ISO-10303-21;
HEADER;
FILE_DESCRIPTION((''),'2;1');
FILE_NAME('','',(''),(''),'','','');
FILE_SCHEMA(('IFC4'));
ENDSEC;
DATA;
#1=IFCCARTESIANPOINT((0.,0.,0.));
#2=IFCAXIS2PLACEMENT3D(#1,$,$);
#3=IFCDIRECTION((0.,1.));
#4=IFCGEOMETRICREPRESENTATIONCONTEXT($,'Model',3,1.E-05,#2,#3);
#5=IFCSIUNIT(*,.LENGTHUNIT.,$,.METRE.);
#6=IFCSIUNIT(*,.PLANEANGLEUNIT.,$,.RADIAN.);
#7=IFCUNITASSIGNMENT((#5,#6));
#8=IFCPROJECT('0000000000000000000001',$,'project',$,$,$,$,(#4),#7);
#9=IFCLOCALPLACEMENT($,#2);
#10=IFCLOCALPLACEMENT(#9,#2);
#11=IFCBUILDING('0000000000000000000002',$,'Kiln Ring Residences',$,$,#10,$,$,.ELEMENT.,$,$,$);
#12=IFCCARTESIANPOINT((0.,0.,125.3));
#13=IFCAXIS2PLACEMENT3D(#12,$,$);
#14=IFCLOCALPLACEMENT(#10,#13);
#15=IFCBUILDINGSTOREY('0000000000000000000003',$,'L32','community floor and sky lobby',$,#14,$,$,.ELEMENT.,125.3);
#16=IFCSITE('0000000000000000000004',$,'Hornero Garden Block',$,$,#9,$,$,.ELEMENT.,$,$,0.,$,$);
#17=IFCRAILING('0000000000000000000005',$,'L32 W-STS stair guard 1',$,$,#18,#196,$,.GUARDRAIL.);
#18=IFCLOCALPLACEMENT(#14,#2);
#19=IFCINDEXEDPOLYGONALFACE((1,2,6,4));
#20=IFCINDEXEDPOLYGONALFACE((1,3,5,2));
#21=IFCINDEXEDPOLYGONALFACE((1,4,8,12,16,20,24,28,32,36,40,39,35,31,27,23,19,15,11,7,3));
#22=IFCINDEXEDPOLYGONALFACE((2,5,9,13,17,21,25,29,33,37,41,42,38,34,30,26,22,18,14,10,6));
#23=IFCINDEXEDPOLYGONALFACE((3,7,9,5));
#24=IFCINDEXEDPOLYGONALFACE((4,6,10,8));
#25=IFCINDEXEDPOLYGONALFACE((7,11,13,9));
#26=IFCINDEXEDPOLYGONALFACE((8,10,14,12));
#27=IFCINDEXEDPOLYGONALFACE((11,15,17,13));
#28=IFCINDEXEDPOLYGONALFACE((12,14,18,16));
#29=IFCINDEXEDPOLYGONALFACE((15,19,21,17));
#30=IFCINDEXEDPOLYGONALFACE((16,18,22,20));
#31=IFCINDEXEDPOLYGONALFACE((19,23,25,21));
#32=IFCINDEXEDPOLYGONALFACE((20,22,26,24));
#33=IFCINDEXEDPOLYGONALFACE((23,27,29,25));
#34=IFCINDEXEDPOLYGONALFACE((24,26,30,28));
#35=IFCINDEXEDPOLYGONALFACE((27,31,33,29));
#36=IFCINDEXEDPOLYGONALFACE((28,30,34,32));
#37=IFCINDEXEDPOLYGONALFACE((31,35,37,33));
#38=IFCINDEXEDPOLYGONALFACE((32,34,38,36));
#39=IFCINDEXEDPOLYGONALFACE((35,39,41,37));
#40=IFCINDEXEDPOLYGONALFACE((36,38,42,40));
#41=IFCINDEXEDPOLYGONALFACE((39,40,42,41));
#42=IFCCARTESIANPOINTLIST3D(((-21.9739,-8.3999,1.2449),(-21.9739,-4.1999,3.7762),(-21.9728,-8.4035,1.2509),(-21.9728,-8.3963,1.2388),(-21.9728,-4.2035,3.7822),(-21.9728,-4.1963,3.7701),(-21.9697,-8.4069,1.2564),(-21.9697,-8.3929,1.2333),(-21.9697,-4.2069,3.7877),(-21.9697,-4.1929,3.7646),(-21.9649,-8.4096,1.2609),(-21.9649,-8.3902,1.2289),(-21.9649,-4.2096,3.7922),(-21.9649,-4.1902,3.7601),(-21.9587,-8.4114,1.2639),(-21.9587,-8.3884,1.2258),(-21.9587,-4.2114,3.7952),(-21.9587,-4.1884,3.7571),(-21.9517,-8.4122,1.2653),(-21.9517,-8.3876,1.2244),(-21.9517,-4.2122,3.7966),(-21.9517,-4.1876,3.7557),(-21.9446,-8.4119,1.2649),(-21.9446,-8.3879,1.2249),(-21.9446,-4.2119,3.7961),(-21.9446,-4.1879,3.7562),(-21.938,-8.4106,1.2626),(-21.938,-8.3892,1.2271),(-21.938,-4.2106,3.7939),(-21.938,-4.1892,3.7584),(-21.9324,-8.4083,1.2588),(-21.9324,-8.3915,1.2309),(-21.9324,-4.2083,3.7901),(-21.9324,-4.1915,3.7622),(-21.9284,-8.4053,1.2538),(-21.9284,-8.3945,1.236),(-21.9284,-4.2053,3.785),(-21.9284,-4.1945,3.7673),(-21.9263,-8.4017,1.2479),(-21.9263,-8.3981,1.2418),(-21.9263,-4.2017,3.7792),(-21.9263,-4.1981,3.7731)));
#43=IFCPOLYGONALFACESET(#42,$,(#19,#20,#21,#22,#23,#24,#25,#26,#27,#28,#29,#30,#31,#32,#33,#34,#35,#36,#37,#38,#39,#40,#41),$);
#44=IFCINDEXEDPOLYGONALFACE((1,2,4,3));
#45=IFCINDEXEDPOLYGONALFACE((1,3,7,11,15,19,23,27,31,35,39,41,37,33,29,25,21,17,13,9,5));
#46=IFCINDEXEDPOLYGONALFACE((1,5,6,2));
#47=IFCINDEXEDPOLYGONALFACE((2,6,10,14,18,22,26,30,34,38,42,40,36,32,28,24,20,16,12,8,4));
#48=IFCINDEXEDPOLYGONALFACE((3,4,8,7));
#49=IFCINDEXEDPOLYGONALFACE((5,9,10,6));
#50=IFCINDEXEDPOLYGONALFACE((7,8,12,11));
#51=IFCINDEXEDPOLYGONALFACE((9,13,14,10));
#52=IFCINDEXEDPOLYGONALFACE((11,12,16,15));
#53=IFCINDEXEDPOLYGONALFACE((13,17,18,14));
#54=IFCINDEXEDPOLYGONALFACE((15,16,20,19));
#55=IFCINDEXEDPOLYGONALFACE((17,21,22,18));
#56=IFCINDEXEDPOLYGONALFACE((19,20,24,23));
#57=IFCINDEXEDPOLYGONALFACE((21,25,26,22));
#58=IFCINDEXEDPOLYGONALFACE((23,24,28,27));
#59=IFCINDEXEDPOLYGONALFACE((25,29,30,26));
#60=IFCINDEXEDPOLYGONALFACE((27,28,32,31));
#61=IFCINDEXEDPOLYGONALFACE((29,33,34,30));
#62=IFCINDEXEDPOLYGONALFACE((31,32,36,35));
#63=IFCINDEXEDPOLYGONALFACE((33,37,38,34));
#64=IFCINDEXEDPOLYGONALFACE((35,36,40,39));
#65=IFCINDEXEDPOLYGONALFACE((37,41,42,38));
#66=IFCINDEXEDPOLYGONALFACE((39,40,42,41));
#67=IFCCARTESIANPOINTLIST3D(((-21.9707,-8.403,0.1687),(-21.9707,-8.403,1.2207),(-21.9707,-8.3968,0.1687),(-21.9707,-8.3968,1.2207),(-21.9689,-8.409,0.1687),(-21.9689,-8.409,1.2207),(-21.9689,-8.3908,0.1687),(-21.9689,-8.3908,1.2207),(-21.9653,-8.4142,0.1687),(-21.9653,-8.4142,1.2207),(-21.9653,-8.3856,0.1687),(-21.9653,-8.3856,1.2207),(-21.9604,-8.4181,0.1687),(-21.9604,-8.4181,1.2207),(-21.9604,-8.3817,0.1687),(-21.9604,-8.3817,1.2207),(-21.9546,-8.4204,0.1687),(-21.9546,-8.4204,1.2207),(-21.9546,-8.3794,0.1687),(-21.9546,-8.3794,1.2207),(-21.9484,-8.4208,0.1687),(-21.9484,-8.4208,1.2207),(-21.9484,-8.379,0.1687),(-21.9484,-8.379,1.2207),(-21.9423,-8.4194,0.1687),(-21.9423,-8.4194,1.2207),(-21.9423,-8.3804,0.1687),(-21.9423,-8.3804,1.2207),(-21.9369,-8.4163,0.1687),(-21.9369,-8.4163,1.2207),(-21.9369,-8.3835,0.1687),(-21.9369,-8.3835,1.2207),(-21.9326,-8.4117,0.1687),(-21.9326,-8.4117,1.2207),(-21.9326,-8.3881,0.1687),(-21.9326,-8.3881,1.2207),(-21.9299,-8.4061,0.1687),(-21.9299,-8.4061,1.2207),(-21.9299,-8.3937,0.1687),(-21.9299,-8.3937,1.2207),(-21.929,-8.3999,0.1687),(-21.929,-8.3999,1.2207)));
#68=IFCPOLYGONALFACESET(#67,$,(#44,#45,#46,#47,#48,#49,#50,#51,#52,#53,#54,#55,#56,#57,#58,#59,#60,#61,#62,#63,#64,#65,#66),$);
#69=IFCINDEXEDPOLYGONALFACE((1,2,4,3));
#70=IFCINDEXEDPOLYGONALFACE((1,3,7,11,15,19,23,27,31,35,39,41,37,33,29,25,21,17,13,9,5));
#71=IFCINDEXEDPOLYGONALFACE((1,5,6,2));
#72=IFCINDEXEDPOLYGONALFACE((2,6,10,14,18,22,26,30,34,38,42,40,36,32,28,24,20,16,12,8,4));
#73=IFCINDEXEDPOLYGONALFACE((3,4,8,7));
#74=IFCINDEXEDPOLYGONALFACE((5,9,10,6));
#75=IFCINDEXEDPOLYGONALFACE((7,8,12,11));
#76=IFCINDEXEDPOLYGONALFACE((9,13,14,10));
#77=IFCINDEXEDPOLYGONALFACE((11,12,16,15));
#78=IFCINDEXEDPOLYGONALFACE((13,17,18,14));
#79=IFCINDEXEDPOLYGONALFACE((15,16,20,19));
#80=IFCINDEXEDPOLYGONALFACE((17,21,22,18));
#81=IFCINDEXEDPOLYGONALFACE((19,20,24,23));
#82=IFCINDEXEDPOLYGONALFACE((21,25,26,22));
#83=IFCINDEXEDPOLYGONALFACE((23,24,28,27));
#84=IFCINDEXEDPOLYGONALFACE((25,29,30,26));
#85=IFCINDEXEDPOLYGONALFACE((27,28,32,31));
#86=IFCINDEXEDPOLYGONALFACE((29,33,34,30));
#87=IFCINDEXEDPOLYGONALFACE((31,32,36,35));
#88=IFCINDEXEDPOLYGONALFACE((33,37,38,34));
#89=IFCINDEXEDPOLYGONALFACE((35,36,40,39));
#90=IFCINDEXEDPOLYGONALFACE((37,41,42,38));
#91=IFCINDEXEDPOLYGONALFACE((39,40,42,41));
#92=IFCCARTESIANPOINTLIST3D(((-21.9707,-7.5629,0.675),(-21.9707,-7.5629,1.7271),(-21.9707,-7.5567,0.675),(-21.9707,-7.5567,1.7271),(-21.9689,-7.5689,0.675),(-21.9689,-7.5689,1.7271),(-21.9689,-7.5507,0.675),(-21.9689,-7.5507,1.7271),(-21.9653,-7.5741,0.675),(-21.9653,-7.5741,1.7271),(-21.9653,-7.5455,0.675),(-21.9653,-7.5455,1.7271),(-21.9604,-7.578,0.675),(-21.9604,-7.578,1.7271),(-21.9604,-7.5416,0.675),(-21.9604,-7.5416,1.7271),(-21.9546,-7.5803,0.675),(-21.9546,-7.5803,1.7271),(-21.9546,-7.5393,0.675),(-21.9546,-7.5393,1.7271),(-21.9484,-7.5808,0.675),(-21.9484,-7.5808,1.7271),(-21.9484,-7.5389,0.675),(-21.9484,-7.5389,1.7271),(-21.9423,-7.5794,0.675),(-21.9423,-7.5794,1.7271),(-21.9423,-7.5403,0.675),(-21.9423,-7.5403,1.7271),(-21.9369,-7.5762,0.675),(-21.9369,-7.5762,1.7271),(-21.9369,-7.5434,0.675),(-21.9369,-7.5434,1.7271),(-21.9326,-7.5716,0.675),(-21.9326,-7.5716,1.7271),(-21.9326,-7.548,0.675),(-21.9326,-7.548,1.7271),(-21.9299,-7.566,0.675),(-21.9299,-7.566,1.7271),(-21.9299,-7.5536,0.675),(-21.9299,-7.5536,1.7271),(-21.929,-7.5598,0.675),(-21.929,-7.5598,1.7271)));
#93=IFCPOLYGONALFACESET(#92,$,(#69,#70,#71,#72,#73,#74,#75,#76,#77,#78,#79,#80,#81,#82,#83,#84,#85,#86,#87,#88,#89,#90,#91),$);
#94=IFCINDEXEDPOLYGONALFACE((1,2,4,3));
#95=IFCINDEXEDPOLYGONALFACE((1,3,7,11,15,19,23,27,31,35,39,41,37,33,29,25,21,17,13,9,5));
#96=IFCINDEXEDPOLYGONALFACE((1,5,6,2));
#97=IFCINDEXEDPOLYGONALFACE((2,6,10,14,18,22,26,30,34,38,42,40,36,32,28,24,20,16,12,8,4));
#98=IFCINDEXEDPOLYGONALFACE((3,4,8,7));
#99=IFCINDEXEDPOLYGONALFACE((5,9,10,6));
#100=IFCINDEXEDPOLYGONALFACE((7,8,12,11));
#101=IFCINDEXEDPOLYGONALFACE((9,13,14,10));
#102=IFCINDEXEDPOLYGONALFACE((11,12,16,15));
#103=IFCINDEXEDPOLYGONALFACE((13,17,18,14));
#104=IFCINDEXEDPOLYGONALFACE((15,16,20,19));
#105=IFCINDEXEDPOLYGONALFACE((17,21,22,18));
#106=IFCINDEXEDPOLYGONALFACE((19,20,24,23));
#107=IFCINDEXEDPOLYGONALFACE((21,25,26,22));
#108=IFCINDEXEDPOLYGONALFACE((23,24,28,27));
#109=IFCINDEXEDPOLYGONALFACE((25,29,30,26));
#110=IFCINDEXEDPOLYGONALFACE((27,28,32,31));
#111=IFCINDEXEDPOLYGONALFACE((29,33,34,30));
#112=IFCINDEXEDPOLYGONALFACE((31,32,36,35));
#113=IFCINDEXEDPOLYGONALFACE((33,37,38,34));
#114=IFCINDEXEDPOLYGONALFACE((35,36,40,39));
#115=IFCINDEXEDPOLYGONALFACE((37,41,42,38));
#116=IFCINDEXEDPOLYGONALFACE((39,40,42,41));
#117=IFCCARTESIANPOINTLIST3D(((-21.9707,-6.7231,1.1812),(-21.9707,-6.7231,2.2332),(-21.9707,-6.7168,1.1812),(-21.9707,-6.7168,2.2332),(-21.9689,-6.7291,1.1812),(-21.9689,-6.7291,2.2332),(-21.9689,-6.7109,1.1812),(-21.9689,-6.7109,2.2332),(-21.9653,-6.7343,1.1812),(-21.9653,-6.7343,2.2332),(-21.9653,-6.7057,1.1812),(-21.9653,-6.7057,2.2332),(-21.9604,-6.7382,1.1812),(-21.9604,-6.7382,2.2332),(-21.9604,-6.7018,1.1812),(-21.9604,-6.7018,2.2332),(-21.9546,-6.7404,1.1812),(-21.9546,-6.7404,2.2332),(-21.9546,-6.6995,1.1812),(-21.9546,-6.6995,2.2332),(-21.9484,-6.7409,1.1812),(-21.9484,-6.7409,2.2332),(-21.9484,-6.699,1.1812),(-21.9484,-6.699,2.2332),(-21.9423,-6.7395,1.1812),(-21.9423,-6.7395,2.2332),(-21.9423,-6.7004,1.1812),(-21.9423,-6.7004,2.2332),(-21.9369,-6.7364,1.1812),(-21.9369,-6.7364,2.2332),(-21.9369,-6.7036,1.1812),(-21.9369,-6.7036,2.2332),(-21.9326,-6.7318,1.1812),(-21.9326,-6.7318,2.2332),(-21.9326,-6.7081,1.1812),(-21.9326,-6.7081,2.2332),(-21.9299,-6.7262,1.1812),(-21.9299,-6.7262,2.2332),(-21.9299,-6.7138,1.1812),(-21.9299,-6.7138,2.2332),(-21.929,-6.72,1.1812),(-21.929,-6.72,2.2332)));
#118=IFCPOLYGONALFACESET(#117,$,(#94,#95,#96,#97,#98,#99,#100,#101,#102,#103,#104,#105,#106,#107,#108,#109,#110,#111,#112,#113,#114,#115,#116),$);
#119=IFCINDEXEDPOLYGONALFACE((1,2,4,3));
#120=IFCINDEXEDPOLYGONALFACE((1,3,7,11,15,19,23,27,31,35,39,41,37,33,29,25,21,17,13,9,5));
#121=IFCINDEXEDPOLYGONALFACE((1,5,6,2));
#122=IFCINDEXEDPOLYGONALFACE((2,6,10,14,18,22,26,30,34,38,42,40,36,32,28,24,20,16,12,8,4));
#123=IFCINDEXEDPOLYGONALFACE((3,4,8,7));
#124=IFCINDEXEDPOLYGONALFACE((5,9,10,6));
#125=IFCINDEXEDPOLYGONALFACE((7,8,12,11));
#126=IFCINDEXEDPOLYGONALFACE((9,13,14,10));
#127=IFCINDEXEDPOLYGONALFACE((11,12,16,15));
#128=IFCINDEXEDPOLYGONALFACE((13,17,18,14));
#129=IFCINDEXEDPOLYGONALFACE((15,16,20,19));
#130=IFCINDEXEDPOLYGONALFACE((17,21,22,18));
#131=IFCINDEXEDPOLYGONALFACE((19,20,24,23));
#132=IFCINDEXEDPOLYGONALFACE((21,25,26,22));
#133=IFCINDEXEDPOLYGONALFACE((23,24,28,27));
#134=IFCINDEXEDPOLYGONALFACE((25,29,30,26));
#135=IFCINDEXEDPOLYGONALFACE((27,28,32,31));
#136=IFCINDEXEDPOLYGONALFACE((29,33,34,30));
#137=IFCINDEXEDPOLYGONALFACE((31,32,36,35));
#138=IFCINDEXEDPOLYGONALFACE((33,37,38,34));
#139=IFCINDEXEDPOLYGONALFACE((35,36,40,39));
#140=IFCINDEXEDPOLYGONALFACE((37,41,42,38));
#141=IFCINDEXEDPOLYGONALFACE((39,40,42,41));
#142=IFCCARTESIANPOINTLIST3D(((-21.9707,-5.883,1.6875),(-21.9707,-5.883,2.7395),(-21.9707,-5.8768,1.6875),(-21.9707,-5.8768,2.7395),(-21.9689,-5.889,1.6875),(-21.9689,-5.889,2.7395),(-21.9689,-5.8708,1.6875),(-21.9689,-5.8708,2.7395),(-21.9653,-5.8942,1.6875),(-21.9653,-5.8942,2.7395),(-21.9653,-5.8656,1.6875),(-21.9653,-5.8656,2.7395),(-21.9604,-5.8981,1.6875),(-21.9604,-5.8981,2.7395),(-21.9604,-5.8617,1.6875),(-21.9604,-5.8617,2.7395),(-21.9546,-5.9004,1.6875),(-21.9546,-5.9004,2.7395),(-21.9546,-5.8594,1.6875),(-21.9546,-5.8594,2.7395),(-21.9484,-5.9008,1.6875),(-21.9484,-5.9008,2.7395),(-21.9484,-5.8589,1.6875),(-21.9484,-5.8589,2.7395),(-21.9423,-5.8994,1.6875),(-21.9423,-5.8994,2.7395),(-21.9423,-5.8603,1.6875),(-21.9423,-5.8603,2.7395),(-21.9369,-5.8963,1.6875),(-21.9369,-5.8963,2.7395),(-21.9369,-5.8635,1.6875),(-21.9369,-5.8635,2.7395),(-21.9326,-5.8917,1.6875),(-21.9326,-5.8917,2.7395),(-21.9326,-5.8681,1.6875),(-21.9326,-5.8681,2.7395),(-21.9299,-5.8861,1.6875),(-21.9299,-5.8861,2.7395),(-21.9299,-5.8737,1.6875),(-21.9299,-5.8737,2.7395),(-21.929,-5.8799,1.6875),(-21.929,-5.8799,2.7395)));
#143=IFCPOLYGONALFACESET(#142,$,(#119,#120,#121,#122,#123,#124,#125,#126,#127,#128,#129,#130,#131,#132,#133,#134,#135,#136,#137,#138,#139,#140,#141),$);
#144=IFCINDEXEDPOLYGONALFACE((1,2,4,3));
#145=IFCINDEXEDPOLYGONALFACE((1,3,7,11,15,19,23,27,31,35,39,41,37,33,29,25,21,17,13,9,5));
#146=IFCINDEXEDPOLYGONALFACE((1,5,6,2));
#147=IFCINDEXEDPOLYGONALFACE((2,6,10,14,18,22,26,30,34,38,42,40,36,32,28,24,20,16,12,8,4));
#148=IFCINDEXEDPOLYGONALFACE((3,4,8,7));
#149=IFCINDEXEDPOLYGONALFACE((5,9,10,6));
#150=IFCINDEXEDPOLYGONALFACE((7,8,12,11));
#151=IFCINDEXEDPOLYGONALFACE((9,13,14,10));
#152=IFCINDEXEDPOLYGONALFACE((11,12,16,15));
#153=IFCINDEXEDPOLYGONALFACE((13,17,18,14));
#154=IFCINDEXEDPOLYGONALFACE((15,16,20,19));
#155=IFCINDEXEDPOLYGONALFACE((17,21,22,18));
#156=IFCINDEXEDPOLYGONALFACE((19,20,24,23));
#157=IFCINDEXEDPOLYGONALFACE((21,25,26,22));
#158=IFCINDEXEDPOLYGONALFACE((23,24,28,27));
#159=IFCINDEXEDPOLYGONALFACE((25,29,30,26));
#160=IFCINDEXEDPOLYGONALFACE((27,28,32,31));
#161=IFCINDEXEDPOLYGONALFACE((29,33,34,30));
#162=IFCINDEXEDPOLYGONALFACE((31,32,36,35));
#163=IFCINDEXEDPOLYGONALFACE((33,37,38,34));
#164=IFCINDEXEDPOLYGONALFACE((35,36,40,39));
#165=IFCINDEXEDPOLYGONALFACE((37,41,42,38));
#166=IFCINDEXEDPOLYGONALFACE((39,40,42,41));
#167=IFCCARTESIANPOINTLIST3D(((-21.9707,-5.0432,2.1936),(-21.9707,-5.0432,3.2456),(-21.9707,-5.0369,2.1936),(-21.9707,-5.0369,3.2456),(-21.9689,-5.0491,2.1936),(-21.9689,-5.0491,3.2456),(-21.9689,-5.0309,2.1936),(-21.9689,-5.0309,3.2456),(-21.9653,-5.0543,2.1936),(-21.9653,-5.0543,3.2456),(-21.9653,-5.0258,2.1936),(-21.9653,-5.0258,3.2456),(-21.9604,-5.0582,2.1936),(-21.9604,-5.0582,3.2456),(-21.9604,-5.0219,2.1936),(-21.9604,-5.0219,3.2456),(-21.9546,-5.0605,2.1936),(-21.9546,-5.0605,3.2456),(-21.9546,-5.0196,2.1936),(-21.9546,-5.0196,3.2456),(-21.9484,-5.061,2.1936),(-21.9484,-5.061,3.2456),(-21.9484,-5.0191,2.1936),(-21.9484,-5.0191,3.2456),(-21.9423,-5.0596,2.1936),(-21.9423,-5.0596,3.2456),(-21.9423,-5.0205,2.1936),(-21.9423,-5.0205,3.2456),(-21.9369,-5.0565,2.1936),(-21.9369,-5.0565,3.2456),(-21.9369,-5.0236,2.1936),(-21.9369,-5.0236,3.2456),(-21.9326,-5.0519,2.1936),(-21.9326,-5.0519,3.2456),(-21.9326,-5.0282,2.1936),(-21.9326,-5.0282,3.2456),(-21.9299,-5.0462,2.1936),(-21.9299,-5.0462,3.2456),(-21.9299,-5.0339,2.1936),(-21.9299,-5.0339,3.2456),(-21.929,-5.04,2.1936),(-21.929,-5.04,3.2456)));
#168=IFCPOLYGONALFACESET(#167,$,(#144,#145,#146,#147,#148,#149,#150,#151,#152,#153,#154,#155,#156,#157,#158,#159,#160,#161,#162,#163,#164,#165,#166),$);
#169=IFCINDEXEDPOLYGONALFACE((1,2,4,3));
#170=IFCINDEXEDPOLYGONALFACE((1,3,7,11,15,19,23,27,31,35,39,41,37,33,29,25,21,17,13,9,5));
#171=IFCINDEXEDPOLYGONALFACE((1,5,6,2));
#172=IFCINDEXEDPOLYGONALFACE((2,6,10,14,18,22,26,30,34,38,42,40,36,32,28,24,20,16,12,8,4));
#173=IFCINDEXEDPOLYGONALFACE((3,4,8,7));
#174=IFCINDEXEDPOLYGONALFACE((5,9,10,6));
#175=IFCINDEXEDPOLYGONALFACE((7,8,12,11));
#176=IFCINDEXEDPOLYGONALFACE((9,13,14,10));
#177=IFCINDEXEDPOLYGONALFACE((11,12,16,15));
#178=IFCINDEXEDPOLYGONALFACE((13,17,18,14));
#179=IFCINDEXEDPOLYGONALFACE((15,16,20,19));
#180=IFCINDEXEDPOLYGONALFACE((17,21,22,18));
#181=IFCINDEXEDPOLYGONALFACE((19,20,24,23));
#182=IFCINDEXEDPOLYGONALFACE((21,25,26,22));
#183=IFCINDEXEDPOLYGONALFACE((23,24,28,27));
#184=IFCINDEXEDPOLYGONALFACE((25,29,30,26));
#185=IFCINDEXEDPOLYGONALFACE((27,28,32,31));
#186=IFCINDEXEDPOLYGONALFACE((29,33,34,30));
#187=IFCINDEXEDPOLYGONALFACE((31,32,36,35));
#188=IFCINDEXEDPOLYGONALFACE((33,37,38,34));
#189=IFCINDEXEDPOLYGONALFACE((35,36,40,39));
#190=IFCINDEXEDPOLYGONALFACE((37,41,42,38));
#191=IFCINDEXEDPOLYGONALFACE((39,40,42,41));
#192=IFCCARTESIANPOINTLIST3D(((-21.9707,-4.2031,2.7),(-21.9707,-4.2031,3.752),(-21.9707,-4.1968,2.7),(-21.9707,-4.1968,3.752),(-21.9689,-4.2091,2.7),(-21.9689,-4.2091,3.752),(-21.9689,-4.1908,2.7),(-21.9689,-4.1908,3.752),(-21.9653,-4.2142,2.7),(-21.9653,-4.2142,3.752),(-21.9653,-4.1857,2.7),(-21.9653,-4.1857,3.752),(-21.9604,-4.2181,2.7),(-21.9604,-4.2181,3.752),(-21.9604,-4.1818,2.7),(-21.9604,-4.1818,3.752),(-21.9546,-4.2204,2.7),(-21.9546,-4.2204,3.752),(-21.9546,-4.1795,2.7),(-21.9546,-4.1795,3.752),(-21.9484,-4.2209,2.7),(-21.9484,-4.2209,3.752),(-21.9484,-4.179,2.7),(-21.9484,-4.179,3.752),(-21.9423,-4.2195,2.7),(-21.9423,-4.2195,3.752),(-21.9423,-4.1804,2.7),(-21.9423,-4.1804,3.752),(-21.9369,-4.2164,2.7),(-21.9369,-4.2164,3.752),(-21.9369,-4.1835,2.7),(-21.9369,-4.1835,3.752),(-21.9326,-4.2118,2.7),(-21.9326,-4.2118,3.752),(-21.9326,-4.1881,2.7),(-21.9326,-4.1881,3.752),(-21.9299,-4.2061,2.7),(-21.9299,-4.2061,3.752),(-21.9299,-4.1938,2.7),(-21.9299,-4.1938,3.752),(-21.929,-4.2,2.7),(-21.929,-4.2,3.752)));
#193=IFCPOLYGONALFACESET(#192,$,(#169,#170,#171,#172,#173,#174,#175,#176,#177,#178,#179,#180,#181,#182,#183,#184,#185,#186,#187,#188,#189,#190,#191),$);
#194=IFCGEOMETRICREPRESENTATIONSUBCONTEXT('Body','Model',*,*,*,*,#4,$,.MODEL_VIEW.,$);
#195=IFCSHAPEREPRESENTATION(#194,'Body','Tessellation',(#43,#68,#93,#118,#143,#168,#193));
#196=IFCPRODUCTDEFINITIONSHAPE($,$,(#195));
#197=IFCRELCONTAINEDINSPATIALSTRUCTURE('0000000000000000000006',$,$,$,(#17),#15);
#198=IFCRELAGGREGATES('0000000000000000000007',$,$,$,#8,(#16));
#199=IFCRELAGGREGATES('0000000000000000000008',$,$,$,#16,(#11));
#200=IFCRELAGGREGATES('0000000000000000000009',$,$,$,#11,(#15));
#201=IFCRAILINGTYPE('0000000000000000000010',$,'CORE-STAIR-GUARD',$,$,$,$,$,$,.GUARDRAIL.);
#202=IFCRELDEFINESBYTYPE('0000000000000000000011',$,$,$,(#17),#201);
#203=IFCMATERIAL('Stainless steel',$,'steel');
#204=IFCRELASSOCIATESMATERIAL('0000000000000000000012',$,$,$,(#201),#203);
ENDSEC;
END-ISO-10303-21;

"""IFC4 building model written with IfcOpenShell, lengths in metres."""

from ifc_helpers import new_model, si_unit, direction, frame, origin, origin_2d, place, context, subcontext, project, spatial, circle, extrude, material, type_object, element, save


model = new_model("IFC4")

# Units and contexts
model_context = context("Model", 3, precision=1e-05, world=origin(), true_north=direction((0.0, 1.0)))
body_context = subcontext(model_context, "Body", "Model", "MODEL_VIEW")
ifc_project = project(units=[si_unit("LENGTHUNIT", "METRE"), si_unit("PLANEANGLEUNIT", "RADIAN")], contexts=[model_context])

# Site, building, storey
site_placement = place(None, origin())
site = spatial("IfcSite", under=ifc_project, at=site_placement, Name="Hornero Garden Block", CompositionType="ELEMENT", RefElevation=0.0)
building_placement = place(site_placement, origin())
building = spatial("IfcBuilding", under=site, at=building_placement, Name="Kiln Ring Residences", CompositionType="ELEMENT")
storey_placement = place(building_placement, frame((0.0, 0.0, 125.3)))
storey = spatial("IfcBuildingStorey", under=building, at=storey_placement, Name="L32", Description="community floor and sky lobby", CompositionType="ELEMENT", Elevation=125.3)

# Railing
ifc_material_1 = material(Name="Stainless steel", Category="steel")
railing_type_1 = type_object("IfcRailingType", Name="CORE-STAIR-GUARD", PredefinedType="GUARDRAIL", material=ifc_material_1)
railing_1_placement = place(storey_placement, frame((-21.95, -8.3999, 0.1687)))
element("IfcRailing", 1, at=railing_1_placement, inside=storey, type_object=railing_type_1, Name="L32 W-STS stair guard 1", PredefinedType="GUARDRAIL", context=body_context, shape_type="SweptSolid", body=[
    extrude(circle(Radius=0.0239, at=origin_2d()), frame((0.0, 0.0, 1.0762), z_axis=(0.0, 0.856476, 0.516186), x_axis=(-1.0, 0.0, 0.0)), (0.0, 0.0, 1.0), 4.9038),
    extrude(circle(Radius=0.021, at=origin_2d()), origin(), (0.0, 0.0, 1.0), 1.052),
    extrude(circle(Radius=0.021, at=origin_2d()), frame((0.0, 0.8401, 0.5063)), (0.0, 0.0, 1.0), 1.052),
    extrude(circle(Radius=0.021, at=origin_2d()), frame((0.0, 1.6799, 1.0125)), (0.0, 0.0, 1.0), 1.052),
    extrude(circle(Radius=0.021, at=origin_2d()), frame((0.0, 2.52, 1.5188)), (0.0, 0.0, 1.0), 1.052),
    extrude(circle(Radius=0.021, at=origin_2d()), frame((0.0, 3.3599, 2.0249)), (0.0, 0.0, 1.0), 1.052),
    extrude(circle(Radius=0.021, at=origin_2d()), frame((0.0, 4.2, 2.5312)), (0.0, 0.0, 1.0), 1.052),
])

save(model, "model.ifc")
